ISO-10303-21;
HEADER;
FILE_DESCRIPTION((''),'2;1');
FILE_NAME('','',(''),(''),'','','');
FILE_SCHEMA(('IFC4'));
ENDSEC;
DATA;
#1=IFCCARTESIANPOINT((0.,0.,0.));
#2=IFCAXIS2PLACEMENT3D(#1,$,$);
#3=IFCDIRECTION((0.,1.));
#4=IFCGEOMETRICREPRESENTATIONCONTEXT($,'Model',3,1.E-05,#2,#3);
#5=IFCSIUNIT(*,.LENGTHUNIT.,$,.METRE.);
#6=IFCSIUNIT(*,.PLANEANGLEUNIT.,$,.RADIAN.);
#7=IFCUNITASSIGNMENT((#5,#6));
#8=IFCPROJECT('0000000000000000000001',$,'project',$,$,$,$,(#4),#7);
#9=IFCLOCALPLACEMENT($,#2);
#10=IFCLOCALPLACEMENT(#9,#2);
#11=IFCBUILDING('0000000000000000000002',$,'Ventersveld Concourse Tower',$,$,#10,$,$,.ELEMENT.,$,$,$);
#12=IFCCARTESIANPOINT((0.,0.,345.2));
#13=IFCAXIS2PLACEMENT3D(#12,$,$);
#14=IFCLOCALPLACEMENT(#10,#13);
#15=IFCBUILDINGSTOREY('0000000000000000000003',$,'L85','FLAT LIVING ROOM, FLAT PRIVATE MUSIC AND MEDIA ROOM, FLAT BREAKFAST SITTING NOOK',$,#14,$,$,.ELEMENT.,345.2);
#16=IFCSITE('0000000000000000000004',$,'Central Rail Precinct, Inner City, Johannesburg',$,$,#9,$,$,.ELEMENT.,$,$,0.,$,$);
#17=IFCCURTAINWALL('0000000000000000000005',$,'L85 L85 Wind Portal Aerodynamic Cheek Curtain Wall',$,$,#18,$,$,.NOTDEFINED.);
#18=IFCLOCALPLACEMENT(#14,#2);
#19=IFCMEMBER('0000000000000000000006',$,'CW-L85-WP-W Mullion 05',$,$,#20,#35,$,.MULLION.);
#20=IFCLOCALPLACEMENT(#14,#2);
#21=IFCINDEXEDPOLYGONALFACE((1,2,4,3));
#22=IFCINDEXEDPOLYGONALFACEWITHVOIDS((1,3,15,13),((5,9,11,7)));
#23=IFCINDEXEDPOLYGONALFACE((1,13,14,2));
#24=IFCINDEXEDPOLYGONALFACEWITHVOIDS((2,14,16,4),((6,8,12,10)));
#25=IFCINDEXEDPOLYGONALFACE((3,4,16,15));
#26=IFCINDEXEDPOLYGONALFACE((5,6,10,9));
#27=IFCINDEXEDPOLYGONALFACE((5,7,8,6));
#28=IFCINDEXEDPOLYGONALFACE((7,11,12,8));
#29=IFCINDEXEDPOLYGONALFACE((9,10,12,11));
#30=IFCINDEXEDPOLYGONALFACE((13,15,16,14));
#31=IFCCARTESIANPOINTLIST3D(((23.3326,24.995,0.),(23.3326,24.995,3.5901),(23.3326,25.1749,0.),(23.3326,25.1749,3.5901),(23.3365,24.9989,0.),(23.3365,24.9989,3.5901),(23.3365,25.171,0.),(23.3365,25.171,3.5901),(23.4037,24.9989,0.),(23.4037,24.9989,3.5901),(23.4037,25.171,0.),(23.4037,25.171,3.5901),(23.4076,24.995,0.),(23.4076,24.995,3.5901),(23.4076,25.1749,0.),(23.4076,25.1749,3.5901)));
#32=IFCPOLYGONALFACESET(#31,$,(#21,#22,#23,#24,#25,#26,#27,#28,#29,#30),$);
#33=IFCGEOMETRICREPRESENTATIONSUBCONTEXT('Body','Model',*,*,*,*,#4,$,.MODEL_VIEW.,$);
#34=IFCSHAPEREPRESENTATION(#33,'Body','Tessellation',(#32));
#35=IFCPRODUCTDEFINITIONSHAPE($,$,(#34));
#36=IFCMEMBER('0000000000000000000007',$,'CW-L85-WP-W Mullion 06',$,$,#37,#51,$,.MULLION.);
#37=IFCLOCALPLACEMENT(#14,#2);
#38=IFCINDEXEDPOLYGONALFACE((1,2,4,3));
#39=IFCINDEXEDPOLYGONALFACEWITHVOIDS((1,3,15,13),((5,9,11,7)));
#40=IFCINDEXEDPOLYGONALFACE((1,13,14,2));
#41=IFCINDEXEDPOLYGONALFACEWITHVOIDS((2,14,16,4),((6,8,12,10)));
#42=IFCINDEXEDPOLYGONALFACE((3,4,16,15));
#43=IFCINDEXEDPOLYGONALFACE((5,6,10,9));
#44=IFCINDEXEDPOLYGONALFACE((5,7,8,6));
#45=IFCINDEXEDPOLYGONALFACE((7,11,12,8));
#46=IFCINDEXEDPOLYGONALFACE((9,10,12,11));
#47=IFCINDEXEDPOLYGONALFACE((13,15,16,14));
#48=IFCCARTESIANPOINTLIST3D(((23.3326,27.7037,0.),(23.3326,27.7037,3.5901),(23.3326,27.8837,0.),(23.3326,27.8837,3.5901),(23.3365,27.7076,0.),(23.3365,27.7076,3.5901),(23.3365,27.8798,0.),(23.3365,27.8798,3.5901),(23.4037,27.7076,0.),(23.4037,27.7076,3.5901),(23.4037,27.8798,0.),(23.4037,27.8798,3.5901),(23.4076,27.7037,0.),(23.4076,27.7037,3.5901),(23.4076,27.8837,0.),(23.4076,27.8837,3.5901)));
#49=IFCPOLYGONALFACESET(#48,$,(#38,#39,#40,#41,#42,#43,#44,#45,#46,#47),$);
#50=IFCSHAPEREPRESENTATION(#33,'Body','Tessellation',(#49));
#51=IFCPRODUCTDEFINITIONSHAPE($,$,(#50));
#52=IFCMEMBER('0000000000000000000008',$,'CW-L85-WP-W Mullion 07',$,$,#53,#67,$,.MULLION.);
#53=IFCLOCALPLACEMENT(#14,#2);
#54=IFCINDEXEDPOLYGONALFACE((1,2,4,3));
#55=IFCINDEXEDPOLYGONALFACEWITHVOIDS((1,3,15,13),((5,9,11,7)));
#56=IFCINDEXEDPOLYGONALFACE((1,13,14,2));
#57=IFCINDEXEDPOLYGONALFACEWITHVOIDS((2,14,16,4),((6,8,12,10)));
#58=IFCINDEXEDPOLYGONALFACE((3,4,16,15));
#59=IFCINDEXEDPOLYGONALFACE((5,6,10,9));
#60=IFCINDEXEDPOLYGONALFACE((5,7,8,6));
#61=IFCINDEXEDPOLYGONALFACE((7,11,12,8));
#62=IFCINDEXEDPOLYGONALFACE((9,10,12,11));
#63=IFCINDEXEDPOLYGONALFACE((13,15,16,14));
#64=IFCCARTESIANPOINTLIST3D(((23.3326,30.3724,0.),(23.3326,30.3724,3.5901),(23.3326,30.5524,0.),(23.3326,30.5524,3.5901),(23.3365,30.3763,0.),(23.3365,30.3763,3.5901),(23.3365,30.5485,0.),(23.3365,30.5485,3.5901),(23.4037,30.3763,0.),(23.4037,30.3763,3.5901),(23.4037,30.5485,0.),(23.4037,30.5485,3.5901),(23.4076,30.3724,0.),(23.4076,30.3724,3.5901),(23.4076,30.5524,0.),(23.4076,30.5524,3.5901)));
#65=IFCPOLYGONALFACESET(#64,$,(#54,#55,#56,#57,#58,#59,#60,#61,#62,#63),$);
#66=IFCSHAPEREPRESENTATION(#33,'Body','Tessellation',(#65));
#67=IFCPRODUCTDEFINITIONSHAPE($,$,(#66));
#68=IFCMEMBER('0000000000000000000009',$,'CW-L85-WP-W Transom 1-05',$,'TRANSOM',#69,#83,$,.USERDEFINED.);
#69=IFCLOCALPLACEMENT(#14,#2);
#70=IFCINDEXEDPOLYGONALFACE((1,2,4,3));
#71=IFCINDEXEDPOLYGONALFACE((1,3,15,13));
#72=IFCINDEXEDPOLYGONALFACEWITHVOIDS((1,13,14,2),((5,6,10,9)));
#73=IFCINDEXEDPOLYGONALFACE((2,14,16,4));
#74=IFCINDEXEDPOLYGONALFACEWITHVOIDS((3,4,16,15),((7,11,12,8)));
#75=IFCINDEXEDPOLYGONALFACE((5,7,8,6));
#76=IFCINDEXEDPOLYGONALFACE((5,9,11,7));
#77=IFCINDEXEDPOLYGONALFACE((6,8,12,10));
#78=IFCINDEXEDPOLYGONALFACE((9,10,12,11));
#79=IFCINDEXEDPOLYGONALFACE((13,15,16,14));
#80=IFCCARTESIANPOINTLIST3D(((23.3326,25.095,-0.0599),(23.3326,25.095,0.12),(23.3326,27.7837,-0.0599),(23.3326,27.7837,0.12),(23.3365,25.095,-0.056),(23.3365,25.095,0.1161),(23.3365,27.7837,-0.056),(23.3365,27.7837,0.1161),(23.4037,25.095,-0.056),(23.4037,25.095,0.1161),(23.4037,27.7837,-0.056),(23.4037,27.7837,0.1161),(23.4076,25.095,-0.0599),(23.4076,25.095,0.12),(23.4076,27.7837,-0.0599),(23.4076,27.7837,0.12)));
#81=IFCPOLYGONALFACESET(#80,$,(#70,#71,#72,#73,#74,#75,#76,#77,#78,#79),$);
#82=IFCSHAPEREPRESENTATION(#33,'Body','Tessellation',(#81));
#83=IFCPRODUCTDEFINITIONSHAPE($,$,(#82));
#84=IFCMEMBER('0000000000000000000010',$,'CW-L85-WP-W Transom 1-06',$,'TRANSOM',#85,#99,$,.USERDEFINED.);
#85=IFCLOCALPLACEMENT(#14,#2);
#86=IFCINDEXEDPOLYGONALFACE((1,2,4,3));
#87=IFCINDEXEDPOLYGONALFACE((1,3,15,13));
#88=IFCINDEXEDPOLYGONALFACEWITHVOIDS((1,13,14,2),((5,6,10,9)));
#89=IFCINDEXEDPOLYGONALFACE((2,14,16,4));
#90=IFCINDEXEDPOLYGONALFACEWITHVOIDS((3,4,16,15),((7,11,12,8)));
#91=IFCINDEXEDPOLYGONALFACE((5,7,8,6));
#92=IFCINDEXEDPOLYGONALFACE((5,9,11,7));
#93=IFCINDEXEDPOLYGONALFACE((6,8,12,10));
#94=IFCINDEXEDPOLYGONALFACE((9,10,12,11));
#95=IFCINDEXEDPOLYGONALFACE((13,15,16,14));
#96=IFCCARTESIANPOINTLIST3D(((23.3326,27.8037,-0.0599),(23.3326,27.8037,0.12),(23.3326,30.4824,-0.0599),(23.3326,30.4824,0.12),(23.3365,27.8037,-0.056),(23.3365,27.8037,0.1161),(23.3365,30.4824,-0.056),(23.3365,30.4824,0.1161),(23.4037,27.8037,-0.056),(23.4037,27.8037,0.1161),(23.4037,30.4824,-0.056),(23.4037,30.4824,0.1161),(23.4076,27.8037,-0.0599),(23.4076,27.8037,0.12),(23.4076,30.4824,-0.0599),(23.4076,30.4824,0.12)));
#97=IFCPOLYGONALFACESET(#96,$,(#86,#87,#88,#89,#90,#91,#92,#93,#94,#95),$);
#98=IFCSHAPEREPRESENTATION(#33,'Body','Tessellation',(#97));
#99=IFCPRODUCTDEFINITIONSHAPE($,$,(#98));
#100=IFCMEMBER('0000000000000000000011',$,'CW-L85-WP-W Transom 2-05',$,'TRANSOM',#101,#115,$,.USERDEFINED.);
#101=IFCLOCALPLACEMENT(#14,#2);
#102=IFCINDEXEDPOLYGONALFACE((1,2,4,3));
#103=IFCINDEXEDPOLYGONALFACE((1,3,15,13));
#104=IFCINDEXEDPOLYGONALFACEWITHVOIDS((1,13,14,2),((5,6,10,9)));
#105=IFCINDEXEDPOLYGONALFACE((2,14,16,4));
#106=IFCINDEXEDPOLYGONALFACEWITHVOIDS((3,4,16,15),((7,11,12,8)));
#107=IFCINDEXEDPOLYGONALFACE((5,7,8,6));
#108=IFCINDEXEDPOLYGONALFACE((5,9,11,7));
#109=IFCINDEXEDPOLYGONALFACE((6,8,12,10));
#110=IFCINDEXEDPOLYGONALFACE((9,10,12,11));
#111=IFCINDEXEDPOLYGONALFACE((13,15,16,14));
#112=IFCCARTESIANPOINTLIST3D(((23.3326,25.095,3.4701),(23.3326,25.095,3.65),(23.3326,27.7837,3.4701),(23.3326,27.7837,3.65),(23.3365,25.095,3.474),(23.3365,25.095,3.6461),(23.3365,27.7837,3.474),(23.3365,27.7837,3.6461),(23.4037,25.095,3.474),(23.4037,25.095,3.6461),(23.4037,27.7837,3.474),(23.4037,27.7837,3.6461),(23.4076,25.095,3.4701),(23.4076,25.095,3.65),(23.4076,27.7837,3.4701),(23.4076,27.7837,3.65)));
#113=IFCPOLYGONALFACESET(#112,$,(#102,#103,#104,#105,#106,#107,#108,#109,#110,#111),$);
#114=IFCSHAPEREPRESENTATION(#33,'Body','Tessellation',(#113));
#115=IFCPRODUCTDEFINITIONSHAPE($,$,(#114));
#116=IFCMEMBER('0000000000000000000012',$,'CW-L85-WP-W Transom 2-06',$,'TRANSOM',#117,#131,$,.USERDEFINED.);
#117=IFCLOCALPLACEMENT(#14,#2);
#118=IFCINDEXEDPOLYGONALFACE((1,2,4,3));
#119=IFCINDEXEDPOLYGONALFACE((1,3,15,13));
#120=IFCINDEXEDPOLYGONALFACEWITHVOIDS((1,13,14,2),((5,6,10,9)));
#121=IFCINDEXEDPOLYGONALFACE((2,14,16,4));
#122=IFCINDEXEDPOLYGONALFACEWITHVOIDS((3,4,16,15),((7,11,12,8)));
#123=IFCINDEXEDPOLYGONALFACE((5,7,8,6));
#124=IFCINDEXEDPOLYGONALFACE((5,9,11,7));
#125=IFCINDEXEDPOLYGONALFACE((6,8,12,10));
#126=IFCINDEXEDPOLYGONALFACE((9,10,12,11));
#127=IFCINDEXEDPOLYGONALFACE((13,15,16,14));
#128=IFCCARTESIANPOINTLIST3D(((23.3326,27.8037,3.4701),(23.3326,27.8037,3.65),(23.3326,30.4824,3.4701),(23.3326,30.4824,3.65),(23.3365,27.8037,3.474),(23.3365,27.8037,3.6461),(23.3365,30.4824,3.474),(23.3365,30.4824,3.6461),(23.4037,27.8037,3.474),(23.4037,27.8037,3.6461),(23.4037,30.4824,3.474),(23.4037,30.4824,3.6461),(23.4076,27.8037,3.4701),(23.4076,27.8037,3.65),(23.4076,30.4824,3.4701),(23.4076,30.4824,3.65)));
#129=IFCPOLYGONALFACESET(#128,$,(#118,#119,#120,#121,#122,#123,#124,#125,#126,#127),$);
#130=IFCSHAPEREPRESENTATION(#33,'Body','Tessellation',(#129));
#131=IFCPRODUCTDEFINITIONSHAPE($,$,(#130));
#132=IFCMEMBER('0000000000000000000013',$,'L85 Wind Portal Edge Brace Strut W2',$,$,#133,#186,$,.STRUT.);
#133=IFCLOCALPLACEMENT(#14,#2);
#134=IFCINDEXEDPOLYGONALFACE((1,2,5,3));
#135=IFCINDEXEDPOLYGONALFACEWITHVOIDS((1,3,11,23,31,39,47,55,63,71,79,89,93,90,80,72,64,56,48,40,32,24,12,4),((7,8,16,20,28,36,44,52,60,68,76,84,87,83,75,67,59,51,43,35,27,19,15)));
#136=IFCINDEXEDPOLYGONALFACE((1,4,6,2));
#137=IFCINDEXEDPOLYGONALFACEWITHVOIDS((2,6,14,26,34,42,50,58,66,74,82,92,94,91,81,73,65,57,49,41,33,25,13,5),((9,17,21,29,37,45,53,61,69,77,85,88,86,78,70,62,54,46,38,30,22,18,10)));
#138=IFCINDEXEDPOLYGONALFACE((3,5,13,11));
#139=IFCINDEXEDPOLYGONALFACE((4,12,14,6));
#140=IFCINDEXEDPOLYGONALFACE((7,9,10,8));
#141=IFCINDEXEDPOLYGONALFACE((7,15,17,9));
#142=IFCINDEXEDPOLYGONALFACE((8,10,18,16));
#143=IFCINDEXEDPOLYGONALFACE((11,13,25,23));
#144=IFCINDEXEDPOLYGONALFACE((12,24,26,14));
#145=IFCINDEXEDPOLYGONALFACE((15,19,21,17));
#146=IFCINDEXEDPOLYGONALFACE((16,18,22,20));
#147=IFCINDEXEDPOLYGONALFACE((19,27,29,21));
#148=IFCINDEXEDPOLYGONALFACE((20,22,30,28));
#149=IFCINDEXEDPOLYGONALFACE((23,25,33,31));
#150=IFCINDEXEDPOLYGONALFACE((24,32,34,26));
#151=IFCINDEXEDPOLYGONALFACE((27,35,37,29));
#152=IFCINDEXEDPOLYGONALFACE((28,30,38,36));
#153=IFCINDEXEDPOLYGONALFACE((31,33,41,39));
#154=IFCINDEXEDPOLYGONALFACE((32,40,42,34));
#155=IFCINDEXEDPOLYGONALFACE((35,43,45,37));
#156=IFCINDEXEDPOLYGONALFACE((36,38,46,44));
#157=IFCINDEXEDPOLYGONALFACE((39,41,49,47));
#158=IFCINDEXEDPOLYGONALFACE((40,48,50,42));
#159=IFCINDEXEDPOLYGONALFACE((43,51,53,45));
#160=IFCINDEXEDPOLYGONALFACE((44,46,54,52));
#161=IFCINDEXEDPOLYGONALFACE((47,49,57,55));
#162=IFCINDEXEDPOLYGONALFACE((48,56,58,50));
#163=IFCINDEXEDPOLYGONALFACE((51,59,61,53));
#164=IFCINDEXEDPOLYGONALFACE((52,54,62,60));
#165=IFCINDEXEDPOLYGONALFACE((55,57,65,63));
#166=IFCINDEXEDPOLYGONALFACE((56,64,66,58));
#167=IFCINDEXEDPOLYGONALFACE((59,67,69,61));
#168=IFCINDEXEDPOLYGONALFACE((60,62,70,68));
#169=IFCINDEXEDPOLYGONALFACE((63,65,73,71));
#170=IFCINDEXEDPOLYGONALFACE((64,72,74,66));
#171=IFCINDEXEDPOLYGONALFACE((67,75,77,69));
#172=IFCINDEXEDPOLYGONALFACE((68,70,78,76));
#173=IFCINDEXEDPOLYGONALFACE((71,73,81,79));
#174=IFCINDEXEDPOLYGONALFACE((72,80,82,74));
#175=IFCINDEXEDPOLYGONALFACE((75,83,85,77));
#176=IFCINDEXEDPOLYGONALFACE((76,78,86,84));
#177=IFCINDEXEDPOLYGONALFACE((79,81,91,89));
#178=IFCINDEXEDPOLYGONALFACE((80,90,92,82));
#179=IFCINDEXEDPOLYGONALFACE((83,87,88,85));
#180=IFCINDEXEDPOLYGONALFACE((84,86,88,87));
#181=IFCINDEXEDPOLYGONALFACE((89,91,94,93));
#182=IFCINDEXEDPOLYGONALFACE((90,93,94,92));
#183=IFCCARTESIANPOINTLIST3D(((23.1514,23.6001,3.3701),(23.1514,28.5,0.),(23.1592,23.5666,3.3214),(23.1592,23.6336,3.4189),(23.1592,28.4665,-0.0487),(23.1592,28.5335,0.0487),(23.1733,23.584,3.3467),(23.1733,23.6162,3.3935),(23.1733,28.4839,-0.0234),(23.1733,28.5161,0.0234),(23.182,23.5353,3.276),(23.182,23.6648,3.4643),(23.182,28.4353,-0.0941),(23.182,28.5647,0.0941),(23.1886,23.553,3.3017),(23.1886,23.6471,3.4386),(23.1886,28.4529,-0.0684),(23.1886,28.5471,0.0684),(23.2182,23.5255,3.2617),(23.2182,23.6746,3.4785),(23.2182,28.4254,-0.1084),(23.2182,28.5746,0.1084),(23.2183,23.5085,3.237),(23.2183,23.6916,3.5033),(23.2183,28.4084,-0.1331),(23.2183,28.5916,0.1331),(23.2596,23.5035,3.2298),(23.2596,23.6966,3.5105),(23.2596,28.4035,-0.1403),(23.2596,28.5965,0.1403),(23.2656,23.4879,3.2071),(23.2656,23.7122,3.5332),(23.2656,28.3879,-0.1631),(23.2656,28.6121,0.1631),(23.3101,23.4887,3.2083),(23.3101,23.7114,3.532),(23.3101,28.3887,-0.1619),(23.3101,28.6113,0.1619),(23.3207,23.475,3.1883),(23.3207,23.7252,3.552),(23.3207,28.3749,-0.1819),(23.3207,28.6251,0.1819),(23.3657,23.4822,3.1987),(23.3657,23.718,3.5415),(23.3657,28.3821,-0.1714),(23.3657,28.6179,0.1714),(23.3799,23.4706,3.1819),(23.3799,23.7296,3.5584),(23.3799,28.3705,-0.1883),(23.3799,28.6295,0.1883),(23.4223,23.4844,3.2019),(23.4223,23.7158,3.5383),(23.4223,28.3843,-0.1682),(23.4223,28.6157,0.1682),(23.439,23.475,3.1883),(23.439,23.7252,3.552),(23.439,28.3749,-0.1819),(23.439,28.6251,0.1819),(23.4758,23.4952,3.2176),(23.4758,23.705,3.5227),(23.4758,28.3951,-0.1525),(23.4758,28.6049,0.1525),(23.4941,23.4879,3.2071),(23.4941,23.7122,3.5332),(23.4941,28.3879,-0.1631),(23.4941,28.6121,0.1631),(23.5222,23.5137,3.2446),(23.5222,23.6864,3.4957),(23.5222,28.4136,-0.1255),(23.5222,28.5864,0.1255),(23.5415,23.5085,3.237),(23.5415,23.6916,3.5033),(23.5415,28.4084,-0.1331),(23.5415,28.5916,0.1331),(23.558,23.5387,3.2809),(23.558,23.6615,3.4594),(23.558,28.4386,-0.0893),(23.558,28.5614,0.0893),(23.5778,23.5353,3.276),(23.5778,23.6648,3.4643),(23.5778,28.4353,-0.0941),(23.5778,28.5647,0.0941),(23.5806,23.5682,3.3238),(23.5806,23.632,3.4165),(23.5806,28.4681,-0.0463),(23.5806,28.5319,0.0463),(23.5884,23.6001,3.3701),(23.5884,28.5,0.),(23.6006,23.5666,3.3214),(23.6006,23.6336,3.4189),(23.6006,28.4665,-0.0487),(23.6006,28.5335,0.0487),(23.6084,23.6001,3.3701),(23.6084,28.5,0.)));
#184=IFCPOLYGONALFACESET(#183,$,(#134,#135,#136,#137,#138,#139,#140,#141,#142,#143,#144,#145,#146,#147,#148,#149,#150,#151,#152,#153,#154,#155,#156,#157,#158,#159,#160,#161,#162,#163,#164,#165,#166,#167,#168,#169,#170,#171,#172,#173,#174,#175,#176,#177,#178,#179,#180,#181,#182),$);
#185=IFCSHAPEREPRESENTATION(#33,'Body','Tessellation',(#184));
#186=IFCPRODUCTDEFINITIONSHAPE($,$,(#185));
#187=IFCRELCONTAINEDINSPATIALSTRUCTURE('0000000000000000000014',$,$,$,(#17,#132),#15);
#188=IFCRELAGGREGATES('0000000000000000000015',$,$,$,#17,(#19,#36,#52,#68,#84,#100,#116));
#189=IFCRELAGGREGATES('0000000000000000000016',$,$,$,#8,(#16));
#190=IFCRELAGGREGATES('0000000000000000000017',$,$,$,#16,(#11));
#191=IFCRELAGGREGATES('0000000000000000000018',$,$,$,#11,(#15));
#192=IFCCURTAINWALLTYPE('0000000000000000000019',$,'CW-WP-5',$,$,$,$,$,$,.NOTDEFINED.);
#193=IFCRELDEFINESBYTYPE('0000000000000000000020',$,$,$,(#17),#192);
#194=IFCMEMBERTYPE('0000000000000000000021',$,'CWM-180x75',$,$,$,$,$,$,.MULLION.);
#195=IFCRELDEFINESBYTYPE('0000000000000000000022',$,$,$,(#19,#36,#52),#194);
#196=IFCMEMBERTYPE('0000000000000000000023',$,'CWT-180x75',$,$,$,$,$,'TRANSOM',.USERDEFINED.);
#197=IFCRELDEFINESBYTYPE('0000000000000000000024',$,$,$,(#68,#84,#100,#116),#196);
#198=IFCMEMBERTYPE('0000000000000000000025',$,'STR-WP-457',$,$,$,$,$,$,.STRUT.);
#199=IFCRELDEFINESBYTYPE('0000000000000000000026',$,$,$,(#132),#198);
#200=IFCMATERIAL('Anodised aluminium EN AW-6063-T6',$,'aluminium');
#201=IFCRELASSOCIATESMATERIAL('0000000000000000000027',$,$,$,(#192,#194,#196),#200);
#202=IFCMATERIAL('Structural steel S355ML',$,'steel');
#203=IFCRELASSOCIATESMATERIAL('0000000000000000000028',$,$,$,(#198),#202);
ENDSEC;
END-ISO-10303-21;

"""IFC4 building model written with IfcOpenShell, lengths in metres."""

from ifc_helpers import new_model, si_unit, direction, frame, origin, origin_2d, place, context, subcontext, project, spatial, hollow_rectangle, hollow_circle, extrude, material, material_profile, profile_set, type_object, element, aggregate, save


model = new_model("IFC4")

# Units and contexts
model_context = context("Model", 3, precision=1e-05, world=origin(), true_north=direction((0.0, 1.0)))
body_context = subcontext(model_context, "Body", "Model", "MODEL_VIEW")
ifc_project = project(units=[si_unit("LENGTHUNIT", "METRE"), si_unit("PLANEANGLEUNIT", "RADIAN")], contexts=[model_context])

# Site, building, storey
site_placement = place(None, origin())
site = spatial("IfcSite", under=ifc_project, at=site_placement, Name="Central Rail Precinct, Inner City, Johannesburg", CompositionType="ELEMENT", RefElevation=0.0)
building_placement = place(site_placement, origin())
building = spatial("IfcBuilding", under=site, at=building_placement, Name="Ventersveld Concourse Tower", CompositionType="ELEMENT")
storey_placement = place(building_placement, frame((0.0, 0.0, 345.2)))
storey = spatial("IfcBuildingStorey", under=building, at=storey_placement, Name="L85", Description="FLAT LIVING ROOM, FLAT PRIVATE MUSIC AND MEDIA ROOM, FLAT BREAKFAST SITTING NOOK", CompositionType="ELEMENT", Elevation=345.2)

# Curtain wall, members
ifc_material_1 = material(Name="Anodised aluminium EN AW-6063-T6", Category="aluminium")
curtain_wall_type = type_object("IfcCurtainWallType", Name="CW-WP-5", PredefinedType="NOTDEFINED", material=ifc_material_1)
curtain_wall_placement = place(storey_placement, origin())
curtain_wall = element("IfcCurtainWall", 1, at=curtain_wall_placement, inside=storey, type_object=curtain_wall_type, Name="L85 L85 Wind Portal Aerodynamic Cheek Curtain Wall", PredefinedType="NOTDEFINED")
ifc_material_profile_1 = material_profile(ifc_material_1, hollow_rectangle(XDim=0.075, YDim=0.1799, WallThickness=0.0039, at=origin_2d()), Name="ALU 180x75x4")
ifc_profile_set_1 = profile_set([ifc_material_profile_1], Name="Anodised aluminium EN AW-6063-T6")
member_type_1 = type_object("IfcMemberType", Name="CWM-180x75", PredefinedType="MULLION", material=ifc_profile_set_1)
member_1_placement = place(storey_placement, frame((23.3701, 25.085, 0.0), z_axis=(0.0, 0.0, 1.0), x_axis=(1.0, 0.0, 0.0)))
member_1 = element("IfcMember", 2, at=member_1_placement, type_object=member_type_1, Name="CW-L85-WP-W Mullion 05", PredefinedType="MULLION", context=body_context, shape_type="SweptSolid", body=[
    extrude(hollow_rectangle(XDim=0.075, YDim=0.1799, WallThickness=0.0039, at=origin_2d()), origin(), (0.0, 0.0, 1.0), 3.5901),
])
member_2_placement = place(storey_placement, frame((23.3701, 27.7937, 0.0), z_axis=(0.0, 0.0, 1.0), x_axis=(1.0, 0.0, 0.0)))
member_2 = element("IfcMember", 3, at=member_2_placement, type_object=member_type_1, Name="CW-L85-WP-W Mullion 06", PredefinedType="MULLION", context=body_context, shape_type="SweptSolid", body=[
    extrude(hollow_rectangle(XDim=0.075, YDim=0.1799, WallThickness=0.0039, at=origin_2d()), origin(), (0.0, 0.0, 1.0), 3.5901),
])
member_3_placement = place(storey_placement, frame((23.3701, 30.4624, 0.0), z_axis=(0.0, 0.0, 1.0), x_axis=(1.0, 0.0, 0.0)))
member_3 = element("IfcMember", 4, at=member_3_placement, type_object=member_type_1, Name="CW-L85-WP-W Mullion 07", PredefinedType="MULLION", context=body_context, shape_type="SweptSolid", body=[
    extrude(hollow_rectangle(XDim=0.075, YDim=0.1799, WallThickness=0.0039, at=origin_2d()), origin(), (0.0, 0.0, 1.0), 3.5901),
])
ifc_material_profile_2 = material_profile(ifc_material_1, hollow_rectangle(XDim=0.075, YDim=0.1799, WallThickness=0.0039, at=origin_2d()), Name="ALU 180x75x4")
ifc_profile_set_2 = profile_set([ifc_material_profile_2], Name="Anodised aluminium EN AW-6063-T6")
member_type_2 = type_object("IfcMemberType", Name="CWT-180x75", ElementType="TRANSOM", PredefinedType="USERDEFINED", material=ifc_profile_set_2)
member_4_placement = place(storey_placement, frame((23.3701, 25.095, 0.03), z_axis=(0.0, 1.0, 0.0), x_axis=(-1.0, 0.0, 0.0)))
member_4 = element("IfcMember", 5, at=member_4_placement, type_object=member_type_2, Name="CW-L85-WP-W Transom 1-05", ObjectType="TRANSOM", PredefinedType="USERDEFINED", context=body_context, shape_type="SweptSolid", body=[
    extrude(hollow_rectangle(XDim=0.075, YDim=0.1799, WallThickness=0.0039, at=origin_2d()), origin(), (0.0, 0.0, 1.0), 2.6887),
])
member_5_placement = place(storey_placement, frame((23.3701, 27.8037, 0.03), z_axis=(0.0, 1.0, 0.0), x_axis=(-1.0, 0.0, 0.0)))
member_5 = element("IfcMember", 6, at=member_5_placement, type_object=member_type_2, Name="CW-L85-WP-W Transom 1-06", ObjectType="TRANSOM", PredefinedType="USERDEFINED", context=body_context, shape_type="SweptSolid", body=[
    extrude(hollow_rectangle(XDim=0.075, YDim=0.1799, WallThickness=0.0039, at=origin_2d()), origin(), (0.0, 0.0, 1.0), 2.6787),
])
member_6_placement = place(storey_placement, frame((23.3701, 25.095, 3.5601), z_axis=(0.0, 1.0, 0.0), x_axis=(-1.0, 0.0, 0.0)))
member_6 = element("IfcMember", 7, at=member_6_placement, type_object=member_type_2, Name="CW-L85-WP-W Transom 2-05", ObjectType="TRANSOM", PredefinedType="USERDEFINED", context=body_context, shape_type="SweptSolid", body=[
    extrude(hollow_rectangle(XDim=0.075, YDim=0.1799, WallThickness=0.0039, at=origin_2d()), origin(), (0.0, 0.0, 1.0), 2.6887),
])
member_7_placement = place(storey_placement, frame((23.3701, 27.8037, 3.5601), z_axis=(0.0, 1.0, 0.0), x_axis=(-1.0, 0.0, 0.0)))
member_7 = element("IfcMember", 8, at=member_7_placement, type_object=member_type_2, Name="CW-L85-WP-W Transom 2-06", ObjectType="TRANSOM", PredefinedType="USERDEFINED", context=body_context, shape_type="SweptSolid", body=[
    extrude(hollow_rectangle(XDim=0.075, YDim=0.1799, WallThickness=0.0039, at=origin_2d()), origin(), (0.0, 0.0, 1.0), 2.6787),
])

# Member
ifc_material_2 = material(Name="Structural steel S355ML", Category="steel")
ifc_material_profile_3 = material_profile(ifc_material_2, hollow_circle(Radius=0.2285, WallThickness=0.02, at=origin_2d()), Name="CHS 457x20")
ifc_profile_set_3 = profile_set([ifc_material_profile_3], Name="Structural steel S355ML")
member_type_3 = type_object("IfcMemberType", Name="STR-WP-457", PredefinedType="STRUT", material=ifc_profile_set_3)
member_8_placement = place(storey_placement, frame((23.3799, 28.5, 0.0), z_axis=(0.0, -0.823929, 0.566693), x_axis=(1.0, 0.0, 0.0)))
element("IfcMember", 9, at=member_8_placement, inside=storey, type_object=member_type_3, Name="L85 Wind Portal Edge Brace Strut W2", PredefinedType="STRUT", context=body_context, shape_type="SweptSolid", body=[
    extrude(hollow_circle(Radius=0.2285, WallThickness=0.02, at=origin_2d()), origin(), (0.0, 0.0, 1.0), 5.947),
])

aggregate(curtain_wall, [member_1, member_2, member_3, member_4, member_5, member_6, member_7])

save(model, "model.ifc")
